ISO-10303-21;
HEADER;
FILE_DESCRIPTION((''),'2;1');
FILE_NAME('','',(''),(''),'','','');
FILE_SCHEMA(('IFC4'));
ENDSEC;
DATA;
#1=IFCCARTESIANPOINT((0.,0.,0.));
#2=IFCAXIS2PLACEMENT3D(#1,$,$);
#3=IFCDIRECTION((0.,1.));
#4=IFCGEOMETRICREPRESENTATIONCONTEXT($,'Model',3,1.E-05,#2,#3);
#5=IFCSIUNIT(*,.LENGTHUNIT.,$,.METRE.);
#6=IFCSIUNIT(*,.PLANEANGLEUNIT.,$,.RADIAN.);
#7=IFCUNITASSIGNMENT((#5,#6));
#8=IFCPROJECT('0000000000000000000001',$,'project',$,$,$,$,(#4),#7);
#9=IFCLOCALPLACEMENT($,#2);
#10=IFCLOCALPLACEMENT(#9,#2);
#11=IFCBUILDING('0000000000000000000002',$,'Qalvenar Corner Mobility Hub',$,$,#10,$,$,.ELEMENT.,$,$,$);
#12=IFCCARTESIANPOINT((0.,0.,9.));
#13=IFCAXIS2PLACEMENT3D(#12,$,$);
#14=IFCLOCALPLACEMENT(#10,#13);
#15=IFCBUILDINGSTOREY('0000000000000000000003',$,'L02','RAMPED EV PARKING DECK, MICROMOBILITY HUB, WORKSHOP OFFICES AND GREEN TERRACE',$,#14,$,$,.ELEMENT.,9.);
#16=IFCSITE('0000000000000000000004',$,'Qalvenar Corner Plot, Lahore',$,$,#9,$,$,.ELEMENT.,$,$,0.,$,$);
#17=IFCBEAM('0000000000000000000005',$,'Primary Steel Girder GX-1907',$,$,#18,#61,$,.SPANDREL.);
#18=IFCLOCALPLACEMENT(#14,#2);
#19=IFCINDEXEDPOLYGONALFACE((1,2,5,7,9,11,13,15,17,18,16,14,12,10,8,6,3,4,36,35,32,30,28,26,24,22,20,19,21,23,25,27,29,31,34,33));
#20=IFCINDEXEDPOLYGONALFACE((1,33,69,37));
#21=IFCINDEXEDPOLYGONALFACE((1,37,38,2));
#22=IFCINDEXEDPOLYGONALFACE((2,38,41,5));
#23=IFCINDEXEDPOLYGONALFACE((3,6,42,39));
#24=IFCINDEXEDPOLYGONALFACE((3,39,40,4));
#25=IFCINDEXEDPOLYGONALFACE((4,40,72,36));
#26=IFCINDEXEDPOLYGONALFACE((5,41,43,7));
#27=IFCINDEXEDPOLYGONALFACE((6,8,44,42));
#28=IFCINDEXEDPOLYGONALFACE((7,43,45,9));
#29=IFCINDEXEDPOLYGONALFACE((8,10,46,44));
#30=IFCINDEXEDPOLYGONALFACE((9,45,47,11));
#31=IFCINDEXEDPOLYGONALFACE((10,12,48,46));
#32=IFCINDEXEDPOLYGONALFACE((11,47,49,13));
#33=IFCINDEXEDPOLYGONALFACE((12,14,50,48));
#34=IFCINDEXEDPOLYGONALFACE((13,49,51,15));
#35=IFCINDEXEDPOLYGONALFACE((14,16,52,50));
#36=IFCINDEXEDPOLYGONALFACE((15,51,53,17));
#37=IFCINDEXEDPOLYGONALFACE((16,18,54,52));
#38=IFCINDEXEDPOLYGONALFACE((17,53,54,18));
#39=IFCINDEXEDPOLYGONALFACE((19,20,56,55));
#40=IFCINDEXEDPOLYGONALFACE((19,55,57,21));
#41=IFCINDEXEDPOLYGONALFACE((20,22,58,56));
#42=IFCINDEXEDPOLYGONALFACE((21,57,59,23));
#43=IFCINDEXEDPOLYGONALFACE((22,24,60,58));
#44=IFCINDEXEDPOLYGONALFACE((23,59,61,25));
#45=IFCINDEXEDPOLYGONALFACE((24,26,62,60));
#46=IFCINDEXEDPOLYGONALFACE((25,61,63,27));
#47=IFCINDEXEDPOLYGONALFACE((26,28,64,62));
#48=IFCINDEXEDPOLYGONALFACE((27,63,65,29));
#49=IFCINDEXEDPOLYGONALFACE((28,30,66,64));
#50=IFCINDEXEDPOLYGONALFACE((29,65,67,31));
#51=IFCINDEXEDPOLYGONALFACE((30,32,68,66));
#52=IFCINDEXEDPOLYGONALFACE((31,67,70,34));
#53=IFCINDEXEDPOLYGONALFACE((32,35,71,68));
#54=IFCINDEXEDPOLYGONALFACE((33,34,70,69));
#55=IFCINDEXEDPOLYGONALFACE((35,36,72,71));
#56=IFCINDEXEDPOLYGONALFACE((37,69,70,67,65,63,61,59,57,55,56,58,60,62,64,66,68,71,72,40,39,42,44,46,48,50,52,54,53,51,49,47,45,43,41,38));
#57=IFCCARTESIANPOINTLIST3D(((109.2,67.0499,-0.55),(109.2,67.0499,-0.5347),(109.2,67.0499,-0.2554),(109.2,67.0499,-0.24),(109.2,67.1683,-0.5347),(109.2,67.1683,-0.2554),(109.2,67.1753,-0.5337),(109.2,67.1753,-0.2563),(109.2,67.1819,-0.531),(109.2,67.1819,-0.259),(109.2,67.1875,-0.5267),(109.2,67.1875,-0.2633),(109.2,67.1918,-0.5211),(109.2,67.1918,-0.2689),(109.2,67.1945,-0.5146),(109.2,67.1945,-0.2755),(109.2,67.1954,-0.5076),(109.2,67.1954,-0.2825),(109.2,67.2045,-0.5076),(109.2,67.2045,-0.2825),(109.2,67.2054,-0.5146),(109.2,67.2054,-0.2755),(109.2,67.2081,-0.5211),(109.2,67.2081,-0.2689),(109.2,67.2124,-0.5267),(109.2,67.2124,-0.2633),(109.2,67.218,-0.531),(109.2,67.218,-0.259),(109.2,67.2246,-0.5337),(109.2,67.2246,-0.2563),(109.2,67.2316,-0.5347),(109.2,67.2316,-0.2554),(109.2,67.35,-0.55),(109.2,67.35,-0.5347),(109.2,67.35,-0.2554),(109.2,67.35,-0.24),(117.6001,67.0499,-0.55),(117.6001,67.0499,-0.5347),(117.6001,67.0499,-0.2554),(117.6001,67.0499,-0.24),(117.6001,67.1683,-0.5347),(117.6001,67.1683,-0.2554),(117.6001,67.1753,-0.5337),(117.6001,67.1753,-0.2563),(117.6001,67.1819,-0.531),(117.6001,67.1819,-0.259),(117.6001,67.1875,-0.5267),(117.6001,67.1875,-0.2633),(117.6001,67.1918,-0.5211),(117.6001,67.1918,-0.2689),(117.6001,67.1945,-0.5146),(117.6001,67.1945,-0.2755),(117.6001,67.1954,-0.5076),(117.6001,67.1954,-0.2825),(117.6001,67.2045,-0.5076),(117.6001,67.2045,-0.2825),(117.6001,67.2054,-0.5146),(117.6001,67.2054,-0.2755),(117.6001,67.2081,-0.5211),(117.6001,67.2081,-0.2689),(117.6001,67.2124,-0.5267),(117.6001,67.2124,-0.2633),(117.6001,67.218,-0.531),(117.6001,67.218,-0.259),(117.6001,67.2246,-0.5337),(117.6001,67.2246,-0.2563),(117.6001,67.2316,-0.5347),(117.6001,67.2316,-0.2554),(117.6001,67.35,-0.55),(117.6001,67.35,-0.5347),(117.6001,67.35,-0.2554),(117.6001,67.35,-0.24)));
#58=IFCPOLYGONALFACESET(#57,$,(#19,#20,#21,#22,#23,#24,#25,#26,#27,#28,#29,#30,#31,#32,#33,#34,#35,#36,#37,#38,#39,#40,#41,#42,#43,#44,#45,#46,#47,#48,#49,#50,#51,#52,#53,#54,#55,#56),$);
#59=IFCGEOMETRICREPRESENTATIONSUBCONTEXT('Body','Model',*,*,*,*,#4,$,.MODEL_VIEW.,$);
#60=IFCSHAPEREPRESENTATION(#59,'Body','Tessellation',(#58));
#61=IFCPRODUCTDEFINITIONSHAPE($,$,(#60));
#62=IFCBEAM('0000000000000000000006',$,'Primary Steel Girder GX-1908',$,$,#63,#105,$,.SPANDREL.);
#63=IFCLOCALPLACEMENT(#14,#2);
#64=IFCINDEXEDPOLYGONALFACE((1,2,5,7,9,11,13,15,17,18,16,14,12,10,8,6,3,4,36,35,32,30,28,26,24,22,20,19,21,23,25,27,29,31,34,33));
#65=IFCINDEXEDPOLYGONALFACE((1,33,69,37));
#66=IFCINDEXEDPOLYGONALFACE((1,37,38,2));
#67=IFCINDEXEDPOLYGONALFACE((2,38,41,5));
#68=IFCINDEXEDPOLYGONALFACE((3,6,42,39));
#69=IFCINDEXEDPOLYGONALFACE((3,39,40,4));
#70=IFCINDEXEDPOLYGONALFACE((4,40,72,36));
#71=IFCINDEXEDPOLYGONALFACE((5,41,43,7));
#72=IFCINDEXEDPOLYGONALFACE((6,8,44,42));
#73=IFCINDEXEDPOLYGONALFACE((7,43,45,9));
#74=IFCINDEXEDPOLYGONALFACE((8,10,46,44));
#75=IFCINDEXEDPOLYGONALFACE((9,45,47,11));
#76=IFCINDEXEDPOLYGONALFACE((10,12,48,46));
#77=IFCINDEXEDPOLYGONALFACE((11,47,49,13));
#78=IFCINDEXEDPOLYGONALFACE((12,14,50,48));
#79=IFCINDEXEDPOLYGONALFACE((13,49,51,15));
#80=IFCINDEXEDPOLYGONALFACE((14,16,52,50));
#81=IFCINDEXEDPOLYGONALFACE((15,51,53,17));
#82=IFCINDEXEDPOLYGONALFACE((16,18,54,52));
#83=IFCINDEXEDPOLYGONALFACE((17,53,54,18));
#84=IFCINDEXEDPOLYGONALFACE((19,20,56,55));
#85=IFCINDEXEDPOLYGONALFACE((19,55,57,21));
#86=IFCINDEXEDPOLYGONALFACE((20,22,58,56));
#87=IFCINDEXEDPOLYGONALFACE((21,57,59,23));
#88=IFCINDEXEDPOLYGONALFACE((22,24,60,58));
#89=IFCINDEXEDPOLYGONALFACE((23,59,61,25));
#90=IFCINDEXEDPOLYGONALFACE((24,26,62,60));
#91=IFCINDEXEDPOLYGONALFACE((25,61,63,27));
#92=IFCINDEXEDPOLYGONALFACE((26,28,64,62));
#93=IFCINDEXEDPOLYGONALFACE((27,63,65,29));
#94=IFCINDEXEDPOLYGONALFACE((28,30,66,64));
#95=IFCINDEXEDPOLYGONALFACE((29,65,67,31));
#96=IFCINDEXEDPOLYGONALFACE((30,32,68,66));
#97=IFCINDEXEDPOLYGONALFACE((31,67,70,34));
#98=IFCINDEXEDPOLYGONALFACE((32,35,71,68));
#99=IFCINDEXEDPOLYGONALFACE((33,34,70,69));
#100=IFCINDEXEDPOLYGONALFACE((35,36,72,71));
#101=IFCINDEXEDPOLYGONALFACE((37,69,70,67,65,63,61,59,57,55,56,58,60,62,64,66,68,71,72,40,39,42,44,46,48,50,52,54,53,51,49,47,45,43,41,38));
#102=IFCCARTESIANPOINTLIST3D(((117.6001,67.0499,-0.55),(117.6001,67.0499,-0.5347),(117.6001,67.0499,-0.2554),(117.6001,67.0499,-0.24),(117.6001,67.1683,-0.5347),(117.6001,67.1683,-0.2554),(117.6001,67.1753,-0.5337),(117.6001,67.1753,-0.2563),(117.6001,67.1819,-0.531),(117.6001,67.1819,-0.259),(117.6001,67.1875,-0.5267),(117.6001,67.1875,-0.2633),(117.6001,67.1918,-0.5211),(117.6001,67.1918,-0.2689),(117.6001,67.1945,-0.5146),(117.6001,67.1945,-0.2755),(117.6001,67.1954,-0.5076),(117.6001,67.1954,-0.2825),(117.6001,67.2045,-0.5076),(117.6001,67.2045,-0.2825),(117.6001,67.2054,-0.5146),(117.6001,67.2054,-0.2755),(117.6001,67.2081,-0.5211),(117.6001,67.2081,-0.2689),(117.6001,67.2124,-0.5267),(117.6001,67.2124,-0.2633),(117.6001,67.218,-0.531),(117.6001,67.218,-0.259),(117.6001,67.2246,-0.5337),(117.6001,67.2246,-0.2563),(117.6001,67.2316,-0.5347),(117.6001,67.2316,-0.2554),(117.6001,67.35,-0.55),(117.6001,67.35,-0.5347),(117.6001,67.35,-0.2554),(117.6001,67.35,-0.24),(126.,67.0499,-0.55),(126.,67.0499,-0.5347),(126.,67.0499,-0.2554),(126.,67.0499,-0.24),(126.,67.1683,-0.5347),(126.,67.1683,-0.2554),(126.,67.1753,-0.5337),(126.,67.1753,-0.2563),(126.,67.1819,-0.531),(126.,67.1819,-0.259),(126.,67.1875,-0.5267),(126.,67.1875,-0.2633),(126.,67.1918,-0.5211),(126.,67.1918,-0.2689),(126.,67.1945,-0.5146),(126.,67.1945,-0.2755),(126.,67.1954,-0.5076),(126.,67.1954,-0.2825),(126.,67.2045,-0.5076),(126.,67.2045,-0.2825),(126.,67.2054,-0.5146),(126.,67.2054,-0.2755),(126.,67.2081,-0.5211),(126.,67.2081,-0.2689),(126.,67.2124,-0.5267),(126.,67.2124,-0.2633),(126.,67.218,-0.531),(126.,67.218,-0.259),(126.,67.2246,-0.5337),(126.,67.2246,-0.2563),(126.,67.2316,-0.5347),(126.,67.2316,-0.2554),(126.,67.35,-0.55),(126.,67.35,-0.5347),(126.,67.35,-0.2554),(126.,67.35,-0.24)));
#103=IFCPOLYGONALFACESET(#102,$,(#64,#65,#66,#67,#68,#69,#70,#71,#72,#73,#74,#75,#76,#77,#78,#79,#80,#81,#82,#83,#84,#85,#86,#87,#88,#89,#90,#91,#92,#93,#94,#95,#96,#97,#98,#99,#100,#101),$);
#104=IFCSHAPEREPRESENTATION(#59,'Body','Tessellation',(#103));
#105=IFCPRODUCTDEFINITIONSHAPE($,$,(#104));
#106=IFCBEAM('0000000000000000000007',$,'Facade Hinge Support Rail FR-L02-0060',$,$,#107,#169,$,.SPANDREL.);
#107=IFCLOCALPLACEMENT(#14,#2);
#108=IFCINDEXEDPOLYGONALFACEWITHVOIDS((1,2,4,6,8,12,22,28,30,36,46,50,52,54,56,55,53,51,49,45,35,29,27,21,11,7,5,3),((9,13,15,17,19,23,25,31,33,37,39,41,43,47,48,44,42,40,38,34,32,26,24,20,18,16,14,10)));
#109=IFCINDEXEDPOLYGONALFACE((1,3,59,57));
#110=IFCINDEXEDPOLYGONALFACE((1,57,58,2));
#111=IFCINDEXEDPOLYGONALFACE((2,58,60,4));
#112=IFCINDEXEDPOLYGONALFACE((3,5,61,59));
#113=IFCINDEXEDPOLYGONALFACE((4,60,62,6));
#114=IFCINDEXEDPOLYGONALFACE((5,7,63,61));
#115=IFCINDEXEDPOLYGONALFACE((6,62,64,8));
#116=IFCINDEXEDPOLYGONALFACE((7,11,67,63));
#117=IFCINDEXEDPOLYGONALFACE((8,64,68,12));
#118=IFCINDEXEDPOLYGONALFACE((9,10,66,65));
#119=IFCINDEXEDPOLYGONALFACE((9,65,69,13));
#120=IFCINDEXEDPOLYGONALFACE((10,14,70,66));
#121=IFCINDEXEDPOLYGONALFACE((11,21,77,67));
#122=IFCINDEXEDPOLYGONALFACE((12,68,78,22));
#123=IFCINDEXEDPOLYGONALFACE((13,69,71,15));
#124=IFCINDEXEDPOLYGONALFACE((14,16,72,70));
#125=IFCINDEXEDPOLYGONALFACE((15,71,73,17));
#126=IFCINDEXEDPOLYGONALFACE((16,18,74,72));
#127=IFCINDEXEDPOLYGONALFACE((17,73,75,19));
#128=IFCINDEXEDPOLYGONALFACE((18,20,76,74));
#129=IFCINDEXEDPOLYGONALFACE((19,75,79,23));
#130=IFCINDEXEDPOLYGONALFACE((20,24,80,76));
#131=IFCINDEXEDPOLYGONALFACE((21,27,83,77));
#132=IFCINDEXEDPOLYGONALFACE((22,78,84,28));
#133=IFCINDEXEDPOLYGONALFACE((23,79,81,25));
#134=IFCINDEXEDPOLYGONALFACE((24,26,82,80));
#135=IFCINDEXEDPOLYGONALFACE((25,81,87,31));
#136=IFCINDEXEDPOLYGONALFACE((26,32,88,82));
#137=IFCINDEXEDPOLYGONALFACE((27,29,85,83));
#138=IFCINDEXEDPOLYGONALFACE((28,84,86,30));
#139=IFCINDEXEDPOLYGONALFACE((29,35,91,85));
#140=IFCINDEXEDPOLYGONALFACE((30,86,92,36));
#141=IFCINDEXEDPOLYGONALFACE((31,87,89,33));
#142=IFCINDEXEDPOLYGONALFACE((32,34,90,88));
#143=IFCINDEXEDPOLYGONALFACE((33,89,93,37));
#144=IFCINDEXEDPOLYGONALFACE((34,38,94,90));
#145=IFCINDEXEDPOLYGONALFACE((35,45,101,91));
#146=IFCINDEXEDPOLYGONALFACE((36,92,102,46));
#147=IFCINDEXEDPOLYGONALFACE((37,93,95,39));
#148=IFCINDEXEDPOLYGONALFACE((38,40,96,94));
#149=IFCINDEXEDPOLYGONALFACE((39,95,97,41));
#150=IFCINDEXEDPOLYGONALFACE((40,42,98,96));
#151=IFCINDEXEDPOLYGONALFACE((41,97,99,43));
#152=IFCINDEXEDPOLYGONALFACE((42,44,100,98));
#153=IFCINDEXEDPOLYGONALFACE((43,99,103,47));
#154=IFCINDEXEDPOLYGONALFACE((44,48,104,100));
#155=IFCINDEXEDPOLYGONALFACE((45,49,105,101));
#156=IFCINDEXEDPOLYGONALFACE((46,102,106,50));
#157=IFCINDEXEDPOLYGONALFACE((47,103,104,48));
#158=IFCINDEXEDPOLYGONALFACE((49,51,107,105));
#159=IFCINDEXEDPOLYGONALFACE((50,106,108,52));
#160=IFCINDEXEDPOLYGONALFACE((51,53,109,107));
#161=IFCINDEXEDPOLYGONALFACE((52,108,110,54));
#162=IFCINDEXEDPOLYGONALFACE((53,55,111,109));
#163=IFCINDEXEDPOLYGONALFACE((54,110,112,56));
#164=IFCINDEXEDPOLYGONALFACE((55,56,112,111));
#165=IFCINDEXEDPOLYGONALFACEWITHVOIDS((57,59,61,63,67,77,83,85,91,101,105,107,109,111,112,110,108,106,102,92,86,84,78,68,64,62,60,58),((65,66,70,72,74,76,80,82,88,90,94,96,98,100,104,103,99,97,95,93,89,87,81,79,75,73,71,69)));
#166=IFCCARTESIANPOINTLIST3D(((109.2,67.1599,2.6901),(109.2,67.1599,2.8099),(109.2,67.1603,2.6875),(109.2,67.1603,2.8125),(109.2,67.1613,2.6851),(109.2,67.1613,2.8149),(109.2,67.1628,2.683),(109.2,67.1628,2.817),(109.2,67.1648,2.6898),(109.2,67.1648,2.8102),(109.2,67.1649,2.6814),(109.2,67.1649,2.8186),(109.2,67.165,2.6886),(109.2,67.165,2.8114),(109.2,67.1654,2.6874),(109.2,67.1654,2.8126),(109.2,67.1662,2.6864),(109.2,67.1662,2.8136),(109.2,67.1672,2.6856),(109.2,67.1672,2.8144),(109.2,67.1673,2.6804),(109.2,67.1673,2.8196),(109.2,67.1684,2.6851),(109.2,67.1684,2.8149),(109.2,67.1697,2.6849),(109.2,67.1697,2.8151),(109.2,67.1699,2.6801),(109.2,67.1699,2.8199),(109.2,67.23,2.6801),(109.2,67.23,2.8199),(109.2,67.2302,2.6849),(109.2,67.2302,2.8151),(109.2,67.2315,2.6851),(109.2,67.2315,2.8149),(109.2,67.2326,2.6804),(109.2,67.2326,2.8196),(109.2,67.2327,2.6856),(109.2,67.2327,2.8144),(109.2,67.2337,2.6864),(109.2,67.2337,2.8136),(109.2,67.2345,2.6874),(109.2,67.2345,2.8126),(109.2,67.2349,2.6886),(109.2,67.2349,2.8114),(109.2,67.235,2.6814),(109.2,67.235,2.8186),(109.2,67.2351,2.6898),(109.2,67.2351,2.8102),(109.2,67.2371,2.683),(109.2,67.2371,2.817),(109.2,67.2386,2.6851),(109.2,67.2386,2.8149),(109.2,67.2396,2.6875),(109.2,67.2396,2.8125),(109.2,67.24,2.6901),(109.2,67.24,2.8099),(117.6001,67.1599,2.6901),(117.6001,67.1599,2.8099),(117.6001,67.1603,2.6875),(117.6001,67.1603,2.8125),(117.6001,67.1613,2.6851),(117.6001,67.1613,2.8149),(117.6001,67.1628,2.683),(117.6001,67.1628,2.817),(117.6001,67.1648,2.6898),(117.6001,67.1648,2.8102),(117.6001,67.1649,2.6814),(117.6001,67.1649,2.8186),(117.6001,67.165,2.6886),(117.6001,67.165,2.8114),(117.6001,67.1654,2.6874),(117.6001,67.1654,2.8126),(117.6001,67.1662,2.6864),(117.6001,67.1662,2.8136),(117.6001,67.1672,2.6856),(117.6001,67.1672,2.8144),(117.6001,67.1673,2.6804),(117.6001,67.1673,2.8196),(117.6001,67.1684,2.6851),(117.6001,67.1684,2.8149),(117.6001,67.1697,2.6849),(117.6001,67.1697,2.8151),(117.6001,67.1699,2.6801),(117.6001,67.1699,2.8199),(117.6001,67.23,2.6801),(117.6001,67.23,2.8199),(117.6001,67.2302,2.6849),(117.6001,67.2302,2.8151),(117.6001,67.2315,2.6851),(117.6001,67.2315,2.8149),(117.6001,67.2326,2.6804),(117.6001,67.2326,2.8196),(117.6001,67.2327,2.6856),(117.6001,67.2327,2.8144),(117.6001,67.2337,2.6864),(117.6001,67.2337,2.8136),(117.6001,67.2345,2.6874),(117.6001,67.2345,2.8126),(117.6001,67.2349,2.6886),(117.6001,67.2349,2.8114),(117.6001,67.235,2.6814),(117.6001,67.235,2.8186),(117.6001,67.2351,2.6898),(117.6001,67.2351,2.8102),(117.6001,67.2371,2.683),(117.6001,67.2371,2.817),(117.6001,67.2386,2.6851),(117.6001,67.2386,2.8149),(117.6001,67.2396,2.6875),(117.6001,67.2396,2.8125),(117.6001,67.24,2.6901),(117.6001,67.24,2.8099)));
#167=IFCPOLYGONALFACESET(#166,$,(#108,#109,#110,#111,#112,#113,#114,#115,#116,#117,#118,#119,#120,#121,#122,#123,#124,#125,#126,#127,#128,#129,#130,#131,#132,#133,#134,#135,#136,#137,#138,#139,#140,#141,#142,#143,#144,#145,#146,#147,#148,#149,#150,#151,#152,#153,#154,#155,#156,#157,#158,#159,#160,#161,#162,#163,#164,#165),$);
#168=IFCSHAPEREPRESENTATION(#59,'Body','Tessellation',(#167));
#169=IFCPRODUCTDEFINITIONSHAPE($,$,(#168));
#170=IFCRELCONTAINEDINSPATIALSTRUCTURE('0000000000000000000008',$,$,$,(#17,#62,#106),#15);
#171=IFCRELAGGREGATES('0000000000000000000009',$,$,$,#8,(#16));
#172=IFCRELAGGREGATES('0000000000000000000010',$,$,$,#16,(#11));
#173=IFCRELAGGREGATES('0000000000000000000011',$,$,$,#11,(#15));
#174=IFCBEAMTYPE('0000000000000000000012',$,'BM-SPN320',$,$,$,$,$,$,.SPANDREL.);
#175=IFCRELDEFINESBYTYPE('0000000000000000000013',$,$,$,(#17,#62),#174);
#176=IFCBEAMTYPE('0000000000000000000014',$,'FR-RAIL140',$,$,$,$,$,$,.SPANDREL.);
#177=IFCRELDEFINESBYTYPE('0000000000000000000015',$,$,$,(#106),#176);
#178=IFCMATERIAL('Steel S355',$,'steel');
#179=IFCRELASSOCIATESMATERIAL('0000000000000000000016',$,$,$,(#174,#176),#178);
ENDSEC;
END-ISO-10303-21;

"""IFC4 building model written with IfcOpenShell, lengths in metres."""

from ifc_helpers import new_model, si_unit, direction, frame, origin, origin_2d, place, context, subcontext, project, spatial, hollow_rectangle, i_section, extrude, material, material_profile, profile_set, type_object, element, save


model = new_model("IFC4")

# Units and contexts
model_context = context("Model", 3, precision=1e-05, world=origin(), true_north=direction((0.0, 1.0)))
body_context = subcontext(model_context, "Body", "Model", "MODEL_VIEW")
ifc_project = project(units=[si_unit("LENGTHUNIT", "METRE"), si_unit("PLANEANGLEUNIT", "RADIAN")], contexts=[model_context])

# Site, building, storey
site_placement = place(None, origin())
site = spatial("IfcSite", under=ifc_project, at=site_placement, Name="Qalvenar Corner Plot, Lahore", CompositionType="ELEMENT", RefElevation=0.0)
building_placement = place(site_placement, origin())
building = spatial("IfcBuilding", under=site, at=building_placement, Name="Qalvenar Corner Mobility Hub", CompositionType="ELEMENT")
storey_placement = place(building_placement, frame((0.0, 0.0, 9.0)))
storey = spatial("IfcBuildingStorey", under=building, at=storey_placement, Name="L02", Description="RAMPED EV PARKING DECK, MICROMOBILITY HUB, WORKSHOP OFFICES AND GREEN TERRACE", CompositionType="ELEMENT", Elevation=9.0)

# Shared definitions
ifc_material = material(Name="Steel S355", Category="steel")

# Beams
ifc_material_profile_1 = material_profile(ifc_material, i_section(OverallWidth=0.3, OverallDepth=0.3101, WebThickness=0.009, FlangeThickness=0.0154, FilletRadius=0.0271, at=origin_2d()), Name="HEA320")
ifc_profile_set_1 = profile_set([ifc_material_profile_1], Name="Steel S355")
beam_type_1 = type_object("IfcBeamType", Name="BM-SPN320", PredefinedType="SPANDREL", material=ifc_profile_set_1)
beam_1_placement = place(storey_placement, frame((109.2, 67.2, -0.395), z_axis=(1.0, 0.0, 0.0), x_axis=(0.0, 1.0, 0.0)))
element("IfcBeam", 1, at=beam_1_placement, inside=storey, type_object=beam_type_1, Name="Primary Steel Girder GX-1907", PredefinedType="SPANDREL", context=body_context, shape_type="SweptSolid", body=[
    extrude(i_section(OverallWidth=0.3, OverallDepth=0.3101, WebThickness=0.009, FlangeThickness=0.0154, FilletRadius=0.0271, at=origin_2d()), origin(), (0.0, 0.0, 1.0), 8.4001),
])
beam_2_placement = place(storey_placement, frame((117.6001, 67.2, -0.395), z_axis=(1.0, 0.0, 0.0), x_axis=(0.0, 1.0, 0.0)))
element("IfcBeam", 2, at=beam_2_placement, inside=storey, type_object=beam_type_1, Name="Primary Steel Girder GX-1908", PredefinedType="SPANDREL", context=body_context, shape_type="SweptSolid", body=[
    extrude(i_section(OverallWidth=0.3, OverallDepth=0.3101, WebThickness=0.009, FlangeThickness=0.0154, FilletRadius=0.0271, at=origin_2d()), origin(), (0.0, 0.0, 1.0), 8.3999),
])
ifc_material_profile_2 = material_profile(ifc_material, hollow_rectangle(XDim=0.0801, YDim=0.1399, WallThickness=0.0049, InnerFilletRadius=0.0049, OuterFilletRadius=0.01, at=origin_2d()), Name="RHS140x80x5")
ifc_profile_set_2 = profile_set([ifc_material_profile_2], Name="Steel S355")
beam_type_2 = type_object("IfcBeamType", Name="FR-RAIL140", PredefinedType="SPANDREL", material=ifc_profile_set_2)
beam_3_placement = place(storey_placement, frame((109.2, 67.2, 2.75), z_axis=(1.0, 0.0, 0.0), x_axis=(0.0, 1.0, 0.0)))
element("IfcBeam", 3, at=beam_3_placement, inside=storey, type_object=beam_type_2, Name="Facade Hinge Support Rail FR-L02-0060", PredefinedType="SPANDREL", context=body_context, shape_type="SweptSolid", body=[
    extrude(hollow_rectangle(XDim=0.0801, YDim=0.1399, WallThickness=0.0049, InnerFilletRadius=0.0049, OuterFilletRadius=0.01, at=origin_2d()), origin(), (0.0, 0.0, 1.0), 8.4001),
])

save(model, "model.ifc")
